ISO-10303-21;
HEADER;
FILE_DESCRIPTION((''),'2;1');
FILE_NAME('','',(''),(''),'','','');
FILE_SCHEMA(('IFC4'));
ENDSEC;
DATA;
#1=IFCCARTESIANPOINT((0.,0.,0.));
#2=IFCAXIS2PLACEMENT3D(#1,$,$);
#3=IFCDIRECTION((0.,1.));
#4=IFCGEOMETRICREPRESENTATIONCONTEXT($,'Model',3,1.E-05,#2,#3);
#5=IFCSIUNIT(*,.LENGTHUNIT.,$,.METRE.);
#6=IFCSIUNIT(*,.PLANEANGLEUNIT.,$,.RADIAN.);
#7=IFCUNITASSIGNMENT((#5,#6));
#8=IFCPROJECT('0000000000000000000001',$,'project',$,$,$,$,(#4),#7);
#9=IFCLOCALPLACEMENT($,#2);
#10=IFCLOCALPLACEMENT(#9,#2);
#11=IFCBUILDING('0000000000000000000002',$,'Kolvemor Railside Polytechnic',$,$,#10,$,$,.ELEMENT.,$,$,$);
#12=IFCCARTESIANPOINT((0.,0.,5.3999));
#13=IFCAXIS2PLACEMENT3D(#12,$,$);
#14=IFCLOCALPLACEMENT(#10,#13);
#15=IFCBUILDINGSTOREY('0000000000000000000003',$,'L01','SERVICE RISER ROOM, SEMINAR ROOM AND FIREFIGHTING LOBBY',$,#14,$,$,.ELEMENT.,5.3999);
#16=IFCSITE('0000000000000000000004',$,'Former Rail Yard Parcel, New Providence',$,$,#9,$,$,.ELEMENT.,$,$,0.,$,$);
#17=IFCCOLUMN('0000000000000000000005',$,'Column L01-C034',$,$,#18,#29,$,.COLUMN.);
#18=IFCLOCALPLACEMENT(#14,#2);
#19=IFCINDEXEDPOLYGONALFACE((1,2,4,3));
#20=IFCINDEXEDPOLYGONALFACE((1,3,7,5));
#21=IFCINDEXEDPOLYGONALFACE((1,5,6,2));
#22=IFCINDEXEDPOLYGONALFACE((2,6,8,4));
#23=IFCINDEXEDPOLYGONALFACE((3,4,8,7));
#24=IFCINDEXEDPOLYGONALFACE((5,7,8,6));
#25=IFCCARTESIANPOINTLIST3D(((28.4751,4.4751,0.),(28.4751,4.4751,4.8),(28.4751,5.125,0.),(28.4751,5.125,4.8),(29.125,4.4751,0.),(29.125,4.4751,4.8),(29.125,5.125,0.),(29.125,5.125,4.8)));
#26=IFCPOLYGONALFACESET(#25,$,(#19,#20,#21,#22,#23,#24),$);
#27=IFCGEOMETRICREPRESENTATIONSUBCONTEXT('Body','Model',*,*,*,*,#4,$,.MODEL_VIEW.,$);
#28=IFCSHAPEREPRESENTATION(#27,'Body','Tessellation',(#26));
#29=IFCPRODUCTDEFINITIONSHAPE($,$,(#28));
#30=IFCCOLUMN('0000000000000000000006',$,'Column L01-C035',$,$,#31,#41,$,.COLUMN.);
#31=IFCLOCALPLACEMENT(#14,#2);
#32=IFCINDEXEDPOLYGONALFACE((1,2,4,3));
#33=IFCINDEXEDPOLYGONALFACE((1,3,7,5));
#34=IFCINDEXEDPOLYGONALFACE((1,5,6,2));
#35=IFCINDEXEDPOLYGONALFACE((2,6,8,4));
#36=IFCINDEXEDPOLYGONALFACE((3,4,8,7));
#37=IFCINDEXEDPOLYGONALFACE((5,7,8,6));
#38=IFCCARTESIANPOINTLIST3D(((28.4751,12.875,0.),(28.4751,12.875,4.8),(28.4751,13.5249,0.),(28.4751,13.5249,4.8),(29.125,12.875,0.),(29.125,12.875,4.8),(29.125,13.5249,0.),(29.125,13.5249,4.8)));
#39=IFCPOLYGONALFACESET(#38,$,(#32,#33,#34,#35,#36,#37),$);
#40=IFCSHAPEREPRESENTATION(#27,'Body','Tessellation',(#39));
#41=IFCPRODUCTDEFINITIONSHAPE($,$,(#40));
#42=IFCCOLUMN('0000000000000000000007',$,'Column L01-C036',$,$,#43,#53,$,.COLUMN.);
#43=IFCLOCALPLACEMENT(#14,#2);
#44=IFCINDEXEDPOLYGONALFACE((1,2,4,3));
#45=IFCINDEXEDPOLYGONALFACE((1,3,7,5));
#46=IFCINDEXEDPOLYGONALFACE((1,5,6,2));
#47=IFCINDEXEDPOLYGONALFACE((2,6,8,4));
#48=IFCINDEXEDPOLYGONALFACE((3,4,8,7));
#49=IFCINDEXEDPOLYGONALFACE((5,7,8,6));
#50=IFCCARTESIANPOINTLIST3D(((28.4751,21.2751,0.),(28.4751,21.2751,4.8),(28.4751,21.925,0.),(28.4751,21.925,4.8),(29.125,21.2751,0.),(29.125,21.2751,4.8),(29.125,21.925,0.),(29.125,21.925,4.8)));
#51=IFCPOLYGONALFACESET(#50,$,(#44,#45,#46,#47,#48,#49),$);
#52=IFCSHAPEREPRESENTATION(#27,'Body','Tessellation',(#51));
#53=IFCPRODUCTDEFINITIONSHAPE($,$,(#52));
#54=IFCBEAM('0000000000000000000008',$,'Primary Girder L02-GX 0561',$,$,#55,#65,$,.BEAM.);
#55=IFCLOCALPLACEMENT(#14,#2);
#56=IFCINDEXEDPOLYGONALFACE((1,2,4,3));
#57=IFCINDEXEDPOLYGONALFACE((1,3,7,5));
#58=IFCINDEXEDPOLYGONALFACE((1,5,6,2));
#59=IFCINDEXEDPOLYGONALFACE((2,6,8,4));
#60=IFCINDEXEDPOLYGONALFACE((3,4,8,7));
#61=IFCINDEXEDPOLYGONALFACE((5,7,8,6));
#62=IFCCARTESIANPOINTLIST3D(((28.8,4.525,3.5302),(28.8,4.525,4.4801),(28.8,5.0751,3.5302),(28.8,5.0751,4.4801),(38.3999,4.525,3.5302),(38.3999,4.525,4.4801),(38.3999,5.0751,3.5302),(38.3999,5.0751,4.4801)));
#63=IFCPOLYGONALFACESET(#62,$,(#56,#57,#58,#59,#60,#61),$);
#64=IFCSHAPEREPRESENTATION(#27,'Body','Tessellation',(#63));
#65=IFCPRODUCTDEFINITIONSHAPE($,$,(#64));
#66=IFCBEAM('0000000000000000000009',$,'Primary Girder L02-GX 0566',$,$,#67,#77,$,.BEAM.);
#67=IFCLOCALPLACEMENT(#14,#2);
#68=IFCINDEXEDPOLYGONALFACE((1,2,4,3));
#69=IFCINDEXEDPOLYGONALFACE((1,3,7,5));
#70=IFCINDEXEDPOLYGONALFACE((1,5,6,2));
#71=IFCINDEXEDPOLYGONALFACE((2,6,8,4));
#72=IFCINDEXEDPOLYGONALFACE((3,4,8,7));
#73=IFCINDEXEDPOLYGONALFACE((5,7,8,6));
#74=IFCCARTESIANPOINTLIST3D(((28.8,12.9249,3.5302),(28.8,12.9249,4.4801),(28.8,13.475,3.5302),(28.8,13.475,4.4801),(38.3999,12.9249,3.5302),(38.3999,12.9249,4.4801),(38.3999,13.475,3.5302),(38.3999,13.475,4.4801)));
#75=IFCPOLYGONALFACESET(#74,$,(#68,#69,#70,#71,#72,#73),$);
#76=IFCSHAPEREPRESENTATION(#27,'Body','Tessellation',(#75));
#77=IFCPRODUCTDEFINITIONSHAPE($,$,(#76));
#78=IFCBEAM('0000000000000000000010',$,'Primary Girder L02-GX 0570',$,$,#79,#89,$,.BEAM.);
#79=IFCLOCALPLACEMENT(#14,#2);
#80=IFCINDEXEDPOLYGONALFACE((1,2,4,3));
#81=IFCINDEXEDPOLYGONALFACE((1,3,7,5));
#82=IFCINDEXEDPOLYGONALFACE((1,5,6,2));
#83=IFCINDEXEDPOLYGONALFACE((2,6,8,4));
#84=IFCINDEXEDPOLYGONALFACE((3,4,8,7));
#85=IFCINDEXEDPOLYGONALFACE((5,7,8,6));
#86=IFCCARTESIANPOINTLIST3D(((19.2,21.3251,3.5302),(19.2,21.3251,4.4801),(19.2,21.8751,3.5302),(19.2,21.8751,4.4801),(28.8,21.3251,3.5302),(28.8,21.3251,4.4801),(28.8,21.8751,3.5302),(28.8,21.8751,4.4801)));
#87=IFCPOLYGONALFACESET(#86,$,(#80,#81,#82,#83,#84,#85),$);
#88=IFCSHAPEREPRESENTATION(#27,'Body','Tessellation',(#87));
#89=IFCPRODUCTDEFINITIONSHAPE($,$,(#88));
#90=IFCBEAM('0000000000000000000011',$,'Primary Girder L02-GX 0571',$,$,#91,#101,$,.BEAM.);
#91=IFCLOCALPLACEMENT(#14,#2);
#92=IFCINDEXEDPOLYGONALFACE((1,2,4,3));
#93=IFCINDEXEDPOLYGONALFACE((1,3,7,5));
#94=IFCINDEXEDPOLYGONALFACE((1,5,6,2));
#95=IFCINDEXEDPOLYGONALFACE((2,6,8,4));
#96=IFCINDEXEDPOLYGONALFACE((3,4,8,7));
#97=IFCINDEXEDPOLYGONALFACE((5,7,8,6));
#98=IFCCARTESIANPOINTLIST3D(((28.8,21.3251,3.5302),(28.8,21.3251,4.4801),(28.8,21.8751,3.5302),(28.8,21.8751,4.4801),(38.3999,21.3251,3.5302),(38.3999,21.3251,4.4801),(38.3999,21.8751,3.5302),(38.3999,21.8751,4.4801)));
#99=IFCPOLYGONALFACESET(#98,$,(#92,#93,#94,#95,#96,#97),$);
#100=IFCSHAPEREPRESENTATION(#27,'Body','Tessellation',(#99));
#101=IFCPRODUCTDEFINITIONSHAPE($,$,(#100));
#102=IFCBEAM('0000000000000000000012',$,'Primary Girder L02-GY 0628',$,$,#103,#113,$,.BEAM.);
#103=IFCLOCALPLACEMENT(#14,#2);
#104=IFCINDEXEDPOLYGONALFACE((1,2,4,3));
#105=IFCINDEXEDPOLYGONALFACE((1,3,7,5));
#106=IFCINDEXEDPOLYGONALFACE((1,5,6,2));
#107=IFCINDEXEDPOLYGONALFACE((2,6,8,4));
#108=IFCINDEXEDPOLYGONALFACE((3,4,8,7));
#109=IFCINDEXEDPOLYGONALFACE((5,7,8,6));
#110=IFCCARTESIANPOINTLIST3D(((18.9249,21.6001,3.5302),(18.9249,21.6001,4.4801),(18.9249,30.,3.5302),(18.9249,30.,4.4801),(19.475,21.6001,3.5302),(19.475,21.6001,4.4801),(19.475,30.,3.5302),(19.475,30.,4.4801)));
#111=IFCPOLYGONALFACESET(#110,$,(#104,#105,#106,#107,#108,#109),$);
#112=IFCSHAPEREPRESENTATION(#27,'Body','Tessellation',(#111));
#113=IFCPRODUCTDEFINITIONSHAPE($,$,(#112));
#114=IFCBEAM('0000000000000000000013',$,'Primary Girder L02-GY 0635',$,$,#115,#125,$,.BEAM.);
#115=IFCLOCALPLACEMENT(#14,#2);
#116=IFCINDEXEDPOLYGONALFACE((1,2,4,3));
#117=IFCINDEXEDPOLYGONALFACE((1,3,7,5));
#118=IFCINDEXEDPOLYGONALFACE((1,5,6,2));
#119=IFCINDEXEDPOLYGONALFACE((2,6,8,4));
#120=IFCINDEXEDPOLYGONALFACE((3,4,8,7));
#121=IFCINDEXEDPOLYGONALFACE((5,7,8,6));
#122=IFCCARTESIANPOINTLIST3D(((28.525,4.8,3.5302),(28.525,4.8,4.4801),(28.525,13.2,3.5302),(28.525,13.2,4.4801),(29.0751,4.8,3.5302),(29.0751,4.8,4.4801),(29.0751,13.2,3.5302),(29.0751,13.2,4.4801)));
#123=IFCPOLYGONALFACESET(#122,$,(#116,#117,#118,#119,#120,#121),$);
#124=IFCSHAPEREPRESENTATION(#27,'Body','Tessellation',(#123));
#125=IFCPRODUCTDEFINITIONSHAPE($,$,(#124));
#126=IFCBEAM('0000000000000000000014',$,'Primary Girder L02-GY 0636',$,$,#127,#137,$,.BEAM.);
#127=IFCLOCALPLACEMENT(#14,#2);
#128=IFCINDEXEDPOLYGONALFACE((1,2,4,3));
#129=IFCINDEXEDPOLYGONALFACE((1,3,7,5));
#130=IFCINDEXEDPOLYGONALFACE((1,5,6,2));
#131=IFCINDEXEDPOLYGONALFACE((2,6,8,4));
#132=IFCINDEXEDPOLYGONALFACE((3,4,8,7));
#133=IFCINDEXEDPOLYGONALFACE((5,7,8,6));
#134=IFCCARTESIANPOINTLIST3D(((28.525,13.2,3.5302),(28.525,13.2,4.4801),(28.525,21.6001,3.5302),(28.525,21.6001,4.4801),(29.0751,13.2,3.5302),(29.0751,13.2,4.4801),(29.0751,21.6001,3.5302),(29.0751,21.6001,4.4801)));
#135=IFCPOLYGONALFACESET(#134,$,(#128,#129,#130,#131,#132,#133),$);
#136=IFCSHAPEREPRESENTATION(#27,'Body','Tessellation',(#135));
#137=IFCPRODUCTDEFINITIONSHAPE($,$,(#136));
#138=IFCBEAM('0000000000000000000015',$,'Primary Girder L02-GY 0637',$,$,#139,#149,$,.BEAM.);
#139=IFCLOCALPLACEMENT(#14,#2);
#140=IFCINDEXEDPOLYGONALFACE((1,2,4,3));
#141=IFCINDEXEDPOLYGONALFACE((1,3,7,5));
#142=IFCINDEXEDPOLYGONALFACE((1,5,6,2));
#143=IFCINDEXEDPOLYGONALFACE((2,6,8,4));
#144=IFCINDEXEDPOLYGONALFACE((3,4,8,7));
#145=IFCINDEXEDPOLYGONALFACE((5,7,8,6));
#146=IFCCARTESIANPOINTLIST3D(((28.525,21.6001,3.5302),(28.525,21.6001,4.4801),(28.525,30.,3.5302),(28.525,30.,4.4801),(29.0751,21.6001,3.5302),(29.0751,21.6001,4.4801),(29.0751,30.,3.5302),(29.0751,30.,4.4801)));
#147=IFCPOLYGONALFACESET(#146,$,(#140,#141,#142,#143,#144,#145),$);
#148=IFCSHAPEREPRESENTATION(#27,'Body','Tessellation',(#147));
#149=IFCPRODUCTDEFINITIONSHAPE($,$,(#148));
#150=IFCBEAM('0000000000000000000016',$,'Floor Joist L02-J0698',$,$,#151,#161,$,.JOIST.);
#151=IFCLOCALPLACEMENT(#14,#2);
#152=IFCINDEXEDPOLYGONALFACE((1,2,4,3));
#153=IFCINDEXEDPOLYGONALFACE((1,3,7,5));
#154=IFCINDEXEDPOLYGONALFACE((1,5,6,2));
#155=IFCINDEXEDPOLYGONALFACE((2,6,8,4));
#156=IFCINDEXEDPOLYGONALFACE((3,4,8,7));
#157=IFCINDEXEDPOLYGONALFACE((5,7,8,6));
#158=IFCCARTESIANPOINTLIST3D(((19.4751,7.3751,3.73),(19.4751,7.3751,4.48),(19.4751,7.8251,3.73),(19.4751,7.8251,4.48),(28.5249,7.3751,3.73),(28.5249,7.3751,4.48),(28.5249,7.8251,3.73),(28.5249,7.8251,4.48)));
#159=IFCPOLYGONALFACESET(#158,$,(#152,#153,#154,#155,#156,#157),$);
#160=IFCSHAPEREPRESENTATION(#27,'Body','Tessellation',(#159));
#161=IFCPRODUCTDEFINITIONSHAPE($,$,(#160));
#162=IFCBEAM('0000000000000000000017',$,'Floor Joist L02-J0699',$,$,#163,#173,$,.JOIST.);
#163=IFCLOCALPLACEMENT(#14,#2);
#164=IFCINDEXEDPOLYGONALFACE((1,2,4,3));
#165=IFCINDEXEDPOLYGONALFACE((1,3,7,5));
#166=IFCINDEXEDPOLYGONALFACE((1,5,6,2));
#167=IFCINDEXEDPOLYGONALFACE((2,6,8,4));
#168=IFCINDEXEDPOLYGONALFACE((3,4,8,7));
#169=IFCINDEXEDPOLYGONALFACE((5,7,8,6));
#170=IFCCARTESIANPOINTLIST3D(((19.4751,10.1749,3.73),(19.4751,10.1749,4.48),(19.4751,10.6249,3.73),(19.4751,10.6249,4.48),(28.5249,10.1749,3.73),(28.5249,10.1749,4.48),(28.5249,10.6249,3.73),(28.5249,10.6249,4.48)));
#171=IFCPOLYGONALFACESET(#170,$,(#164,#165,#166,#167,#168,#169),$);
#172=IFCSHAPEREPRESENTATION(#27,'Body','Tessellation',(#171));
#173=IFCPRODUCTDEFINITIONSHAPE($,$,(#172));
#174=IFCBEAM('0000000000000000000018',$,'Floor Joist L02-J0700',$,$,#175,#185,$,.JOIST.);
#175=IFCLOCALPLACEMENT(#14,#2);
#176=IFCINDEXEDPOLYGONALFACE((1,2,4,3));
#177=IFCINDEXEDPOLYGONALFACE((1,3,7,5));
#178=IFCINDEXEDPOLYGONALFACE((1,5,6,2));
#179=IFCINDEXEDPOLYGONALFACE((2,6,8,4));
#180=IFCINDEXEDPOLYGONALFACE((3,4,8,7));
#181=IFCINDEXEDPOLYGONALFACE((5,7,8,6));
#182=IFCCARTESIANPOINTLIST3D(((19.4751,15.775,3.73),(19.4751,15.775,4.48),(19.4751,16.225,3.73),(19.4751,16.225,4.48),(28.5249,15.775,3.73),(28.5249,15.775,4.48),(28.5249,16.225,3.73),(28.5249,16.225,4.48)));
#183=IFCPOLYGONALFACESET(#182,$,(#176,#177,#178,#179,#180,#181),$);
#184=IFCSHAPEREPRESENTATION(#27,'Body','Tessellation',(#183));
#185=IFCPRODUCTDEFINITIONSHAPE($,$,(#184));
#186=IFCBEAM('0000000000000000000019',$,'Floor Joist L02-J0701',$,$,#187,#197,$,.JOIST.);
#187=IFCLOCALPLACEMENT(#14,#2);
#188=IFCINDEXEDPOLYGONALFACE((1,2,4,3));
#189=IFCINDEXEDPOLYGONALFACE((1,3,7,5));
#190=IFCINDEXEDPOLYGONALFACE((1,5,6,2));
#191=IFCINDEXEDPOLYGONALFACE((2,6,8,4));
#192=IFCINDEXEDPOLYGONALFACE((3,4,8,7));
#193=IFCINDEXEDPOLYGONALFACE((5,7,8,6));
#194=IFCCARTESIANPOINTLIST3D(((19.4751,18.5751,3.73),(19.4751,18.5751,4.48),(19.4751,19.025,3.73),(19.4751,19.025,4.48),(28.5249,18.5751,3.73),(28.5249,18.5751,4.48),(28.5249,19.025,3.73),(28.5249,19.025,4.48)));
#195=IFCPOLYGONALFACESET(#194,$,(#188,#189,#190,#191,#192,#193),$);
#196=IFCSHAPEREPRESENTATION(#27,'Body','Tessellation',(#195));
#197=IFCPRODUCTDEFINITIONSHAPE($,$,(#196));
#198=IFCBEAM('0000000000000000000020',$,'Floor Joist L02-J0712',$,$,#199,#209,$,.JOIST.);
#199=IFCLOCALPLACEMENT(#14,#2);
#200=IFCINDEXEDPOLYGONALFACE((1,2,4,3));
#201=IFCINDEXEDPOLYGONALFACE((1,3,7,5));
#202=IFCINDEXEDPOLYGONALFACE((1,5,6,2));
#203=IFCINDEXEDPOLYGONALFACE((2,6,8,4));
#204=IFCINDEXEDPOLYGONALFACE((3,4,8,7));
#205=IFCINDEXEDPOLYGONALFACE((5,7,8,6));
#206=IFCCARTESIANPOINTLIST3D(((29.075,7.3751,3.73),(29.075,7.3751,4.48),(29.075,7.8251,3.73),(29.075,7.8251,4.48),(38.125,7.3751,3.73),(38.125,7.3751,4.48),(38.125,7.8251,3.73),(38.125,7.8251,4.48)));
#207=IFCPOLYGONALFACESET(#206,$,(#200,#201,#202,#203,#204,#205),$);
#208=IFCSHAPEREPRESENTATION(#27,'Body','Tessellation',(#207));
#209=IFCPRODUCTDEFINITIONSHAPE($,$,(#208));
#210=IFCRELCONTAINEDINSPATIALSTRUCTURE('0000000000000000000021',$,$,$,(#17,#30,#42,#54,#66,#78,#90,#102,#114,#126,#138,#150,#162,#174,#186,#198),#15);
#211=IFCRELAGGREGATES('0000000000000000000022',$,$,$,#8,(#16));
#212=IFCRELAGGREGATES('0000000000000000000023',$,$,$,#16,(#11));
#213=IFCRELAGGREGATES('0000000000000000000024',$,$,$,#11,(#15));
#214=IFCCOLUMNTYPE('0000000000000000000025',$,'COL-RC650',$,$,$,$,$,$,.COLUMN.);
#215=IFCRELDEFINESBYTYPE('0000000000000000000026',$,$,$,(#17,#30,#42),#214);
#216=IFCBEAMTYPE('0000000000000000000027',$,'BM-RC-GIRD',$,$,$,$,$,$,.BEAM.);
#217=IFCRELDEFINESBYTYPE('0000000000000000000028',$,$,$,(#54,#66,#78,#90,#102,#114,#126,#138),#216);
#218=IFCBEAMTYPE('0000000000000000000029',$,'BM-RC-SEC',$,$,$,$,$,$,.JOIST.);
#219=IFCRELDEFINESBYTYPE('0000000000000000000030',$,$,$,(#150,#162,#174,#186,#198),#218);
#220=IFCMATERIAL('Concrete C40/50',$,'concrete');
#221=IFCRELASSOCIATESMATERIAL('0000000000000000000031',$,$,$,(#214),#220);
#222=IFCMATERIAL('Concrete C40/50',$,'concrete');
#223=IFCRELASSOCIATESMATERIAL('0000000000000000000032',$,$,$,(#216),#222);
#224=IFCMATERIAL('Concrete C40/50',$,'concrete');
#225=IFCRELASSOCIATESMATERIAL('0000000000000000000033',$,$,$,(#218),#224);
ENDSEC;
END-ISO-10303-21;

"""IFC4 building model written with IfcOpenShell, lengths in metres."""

from ifc_helpers import new_model, si_unit, direction, frame, origin, origin_2d, place, context, subcontext, project, spatial, rectangle, extrude, material, material_profile, profile_set, type_object, element, save


model = new_model("IFC4")

# Units and contexts
model_context = context("Model", 3, precision=1e-05, world=origin(), true_north=direction((0.0, 1.0)))
body_context = subcontext(model_context, "Body", "Model", "MODEL_VIEW")
ifc_project = project(units=[si_unit("LENGTHUNIT", "METRE"), si_unit("PLANEANGLEUNIT", "RADIAN")], contexts=[model_context])

# Site, building, storey
site_placement = place(None, origin())
site = spatial("IfcSite", under=ifc_project, at=site_placement, Name="Former Rail Yard Parcel, New Providence", CompositionType="ELEMENT", RefElevation=0.0)
building_placement = place(site_placement, origin())
building = spatial("IfcBuilding", under=site, at=building_placement, Name="Kolvemor Railside Polytechnic", CompositionType="ELEMENT")
storey_placement = place(building_placement, frame((0.0, 0.0, 5.3999)))
storey = spatial("IfcBuildingStorey", under=building, at=storey_placement, Name="L01", Description="SERVICE RISER ROOM, SEMINAR ROOM AND FIREFIGHTING LOBBY", CompositionType="ELEMENT", Elevation=5.3999)

# Columns
ifc_material_1 = material(Name="Concrete C40/50", Category="concrete")
ifc_material_profile_1 = material_profile(ifc_material_1, rectangle(XDim=0.6499, YDim=0.6499, at=origin_2d()), Name="RC650x650")
ifc_profile_set_1 = profile_set([ifc_material_profile_1], Name="Concrete C40/50")
column_type = type_object("IfcColumnType", Name="COL-RC650", PredefinedType="COLUMN", material=ifc_profile_set_1)
for number, where, z_axis, x_axis, name in (
    (1, (28.8, 4.8, 0.0), (0.0, 0.0, 1.0), (1.0, 0.0, 0.0), "Column L01-C034"),
    (2, (28.8, 13.2, 0.0), (0.0, 0.0, 1.0), (1.0, 0.0, 0.0), "Column L01-C035"),
    (3, (28.8, 21.6001, 0.0), (0.0, 0.0, 1.0), (1.0, 0.0, 0.0), "Column L01-C036"),
):
    element("IfcColumn", number, at=place(storey_placement, frame(where, z_axis=z_axis, x_axis=x_axis)), inside=storey, type_object=column_type, Name=name, PredefinedType="COLUMN", context=body_context, shape_type="SweptSolid", body=[
        extrude(rectangle(XDim=0.6499, YDim=0.6499, at=origin_2d()), origin(), (0.0, 0.0, 1.0), 4.8),
    ])

# Beams
ifc_material_2 = material(Name="Concrete C40/50", Category="concrete")
ifc_material_profile_2 = material_profile(ifc_material_2, rectangle(XDim=0.55, YDim=0.95, at=origin_2d()), Name="RC550x950")
ifc_profile_set_2 = profile_set([ifc_material_profile_2], Name="Concrete C40/50")
beam_type_1 = type_object("IfcBeamType", Name="BM-RC-GIRD", PredefinedType="BEAM", material=ifc_profile_set_2)
for number, where, z_axis, x_axis, name in (
    (4, (28.8, 4.8, 4.0051), (1.0, 0.0, 0.0), (0.0, 1.0, 0.0), "Primary Girder L02-GX 0561"),
    (5, (28.8, 13.2, 4.0051), (1.0, 0.0, 0.0), (0.0, 1.0, 0.0), "Primary Girder L02-GX 0566"),
):
    element("IfcBeam", number, at=place(storey_placement, frame(where, z_axis=z_axis, x_axis=x_axis)), inside=storey, type_object=beam_type_1, Name=name, PredefinedType="BEAM", context=body_context, shape_type="SweptSolid", body=[
        extrude(rectangle(XDim=0.55, YDim=0.95, at=origin_2d()), origin(), (0.0, 0.0, 1.0), 9.5999),
    ])
beam_1_placement = place(storey_placement, frame((19.2, 21.6001, 4.0051), z_axis=(1.0, 0.0, 0.0), x_axis=(0.0, 1.0, 0.0)))
element("IfcBeam", 6, at=beam_1_placement, inside=storey, type_object=beam_type_1, Name="Primary Girder L02-GX 0570", PredefinedType="BEAM", context=body_context, shape_type="SweptSolid", body=[
    extrude(rectangle(XDim=0.55, YDim=0.95, at=origin_2d()), origin(), (0.0, 0.0, 1.0), 9.6001),
])
beam_2_placement = place(storey_placement, frame((28.8, 21.6001, 4.0051), z_axis=(1.0, 0.0, 0.0), x_axis=(0.0, 1.0, 0.0)))
element("IfcBeam", 7, at=beam_2_placement, inside=storey, type_object=beam_type_1, Name="Primary Girder L02-GX 0571", PredefinedType="BEAM", context=body_context, shape_type="SweptSolid", body=[
    extrude(rectangle(XDim=0.55, YDim=0.95, at=origin_2d()), origin(), (0.0, 0.0, 1.0), 9.5999),
])
for number, where, z_axis, x_axis, name in (
    (8, (19.2, 21.6001, 4.0051), (0.0, 1.0, 0.0), (-1.0, 0.0, 0.0), "Primary Girder L02-GY 0628"),
    (9, (28.8, 4.8, 4.0051), (0.0, 1.0, 0.0), (-1.0, 0.0, 0.0), "Primary Girder L02-GY 0635"),
):
    element("IfcBeam", number, at=place(storey_placement, frame(where, z_axis=z_axis, x_axis=x_axis)), inside=storey, type_object=beam_type_1, Name=name, PredefinedType="BEAM", context=body_context, shape_type="SweptSolid", body=[
        extrude(rectangle(XDim=0.55, YDim=0.95, at=origin_2d()), origin(), (0.0, 0.0, 1.0), 8.3999),
    ])
beam_3_placement = place(storey_placement, frame((28.8, 13.2, 4.0051), z_axis=(0.0, 1.0, 0.0), x_axis=(-1.0, 0.0, 0.0)))
element("IfcBeam", 10, at=beam_3_placement, inside=storey, type_object=beam_type_1, Name="Primary Girder L02-GY 0636", PredefinedType="BEAM", context=body_context, shape_type="SweptSolid", body=[
    extrude(rectangle(XDim=0.55, YDim=0.95, at=origin_2d()), origin(), (0.0, 0.0, 1.0), 8.4001),
])
beam_4_placement = place(storey_placement, frame((28.8, 21.6001, 4.0051), z_axis=(0.0, 1.0, 0.0), x_axis=(-1.0, 0.0, 0.0)))
element("IfcBeam", 11, at=beam_4_placement, inside=storey, type_object=beam_type_1, Name="Primary Girder L02-GY 0637", PredefinedType="BEAM", context=body_context, shape_type="SweptSolid", body=[
    extrude(rectangle(XDim=0.55, YDim=0.95, at=origin_2d()), origin(), (0.0, 0.0, 1.0), 8.3999),
])
ifc_material_3 = material(Name="Concrete C40/50", Category="concrete")
ifc_material_profile_3 = material_profile(ifc_material_3, rectangle(XDim=0.45, YDim=0.75, at=origin_2d()), Name="RC450x750")
ifc_profile_set_3 = profile_set([ifc_material_profile_3], Name="Concrete C40/50")
beam_type_2 = type_object("IfcBeamType", Name="BM-RC-SEC", PredefinedType="JOIST", material=ifc_profile_set_3)
for number, where, z_axis, x_axis, name in (
    (12, (19.4751, 7.6001, 4.105), (1.0, 0.0, 0.0), (0.0, 1.0, 0.0), "Floor Joist L02-J0698"),
    (13, (19.4751, 10.3999, 4.105), (1.0, 0.0, 0.0), (0.0, 1.0, 0.0), "Floor Joist L02-J0699"),
    (14, (19.4751, 16.0, 4.105), (1.0, 0.0, 0.0), (0.0, 1.0, 0.0), "Floor Joist L02-J0700"),
    (15, (19.4751, 18.8, 4.105), (1.0, 0.0, 0.0), (0.0, 1.0, 0.0), "Floor Joist L02-J0701"),
):
    element("IfcBeam", number, at=place(storey_placement, frame(where, z_axis=z_axis, x_axis=x_axis)), inside=storey, type_object=beam_type_2, Name=name, PredefinedType="JOIST", context=body_context, shape_type="SweptSolid", body=[
        extrude(rectangle(XDim=0.45, YDim=0.75, at=origin_2d()), origin(), (0.0, 0.0, 1.0), 9.0498),
    ])
for number, where, z_axis, x_axis, name in (
    (16, (29.075, 7.6001, 4.105), (1.0, 0.0, 0.0), (0.0, 1.0, 0.0), "Floor Joist L02-J0712"),
):
    element("IfcBeam", number, at=place(storey_placement, frame(where, z_axis=z_axis, x_axis=x_axis)), inside=storey, type_object=beam_type_2, Name=name, PredefinedType="JOIST", context=body_context, shape_type="SweptSolid", body=[
        extrude(rectangle(XDim=0.45, YDim=0.75, at=origin_2d()), origin(), (0.0, 0.0, 1.0), 9.05),
    ])

save(model, "model.ifc")
